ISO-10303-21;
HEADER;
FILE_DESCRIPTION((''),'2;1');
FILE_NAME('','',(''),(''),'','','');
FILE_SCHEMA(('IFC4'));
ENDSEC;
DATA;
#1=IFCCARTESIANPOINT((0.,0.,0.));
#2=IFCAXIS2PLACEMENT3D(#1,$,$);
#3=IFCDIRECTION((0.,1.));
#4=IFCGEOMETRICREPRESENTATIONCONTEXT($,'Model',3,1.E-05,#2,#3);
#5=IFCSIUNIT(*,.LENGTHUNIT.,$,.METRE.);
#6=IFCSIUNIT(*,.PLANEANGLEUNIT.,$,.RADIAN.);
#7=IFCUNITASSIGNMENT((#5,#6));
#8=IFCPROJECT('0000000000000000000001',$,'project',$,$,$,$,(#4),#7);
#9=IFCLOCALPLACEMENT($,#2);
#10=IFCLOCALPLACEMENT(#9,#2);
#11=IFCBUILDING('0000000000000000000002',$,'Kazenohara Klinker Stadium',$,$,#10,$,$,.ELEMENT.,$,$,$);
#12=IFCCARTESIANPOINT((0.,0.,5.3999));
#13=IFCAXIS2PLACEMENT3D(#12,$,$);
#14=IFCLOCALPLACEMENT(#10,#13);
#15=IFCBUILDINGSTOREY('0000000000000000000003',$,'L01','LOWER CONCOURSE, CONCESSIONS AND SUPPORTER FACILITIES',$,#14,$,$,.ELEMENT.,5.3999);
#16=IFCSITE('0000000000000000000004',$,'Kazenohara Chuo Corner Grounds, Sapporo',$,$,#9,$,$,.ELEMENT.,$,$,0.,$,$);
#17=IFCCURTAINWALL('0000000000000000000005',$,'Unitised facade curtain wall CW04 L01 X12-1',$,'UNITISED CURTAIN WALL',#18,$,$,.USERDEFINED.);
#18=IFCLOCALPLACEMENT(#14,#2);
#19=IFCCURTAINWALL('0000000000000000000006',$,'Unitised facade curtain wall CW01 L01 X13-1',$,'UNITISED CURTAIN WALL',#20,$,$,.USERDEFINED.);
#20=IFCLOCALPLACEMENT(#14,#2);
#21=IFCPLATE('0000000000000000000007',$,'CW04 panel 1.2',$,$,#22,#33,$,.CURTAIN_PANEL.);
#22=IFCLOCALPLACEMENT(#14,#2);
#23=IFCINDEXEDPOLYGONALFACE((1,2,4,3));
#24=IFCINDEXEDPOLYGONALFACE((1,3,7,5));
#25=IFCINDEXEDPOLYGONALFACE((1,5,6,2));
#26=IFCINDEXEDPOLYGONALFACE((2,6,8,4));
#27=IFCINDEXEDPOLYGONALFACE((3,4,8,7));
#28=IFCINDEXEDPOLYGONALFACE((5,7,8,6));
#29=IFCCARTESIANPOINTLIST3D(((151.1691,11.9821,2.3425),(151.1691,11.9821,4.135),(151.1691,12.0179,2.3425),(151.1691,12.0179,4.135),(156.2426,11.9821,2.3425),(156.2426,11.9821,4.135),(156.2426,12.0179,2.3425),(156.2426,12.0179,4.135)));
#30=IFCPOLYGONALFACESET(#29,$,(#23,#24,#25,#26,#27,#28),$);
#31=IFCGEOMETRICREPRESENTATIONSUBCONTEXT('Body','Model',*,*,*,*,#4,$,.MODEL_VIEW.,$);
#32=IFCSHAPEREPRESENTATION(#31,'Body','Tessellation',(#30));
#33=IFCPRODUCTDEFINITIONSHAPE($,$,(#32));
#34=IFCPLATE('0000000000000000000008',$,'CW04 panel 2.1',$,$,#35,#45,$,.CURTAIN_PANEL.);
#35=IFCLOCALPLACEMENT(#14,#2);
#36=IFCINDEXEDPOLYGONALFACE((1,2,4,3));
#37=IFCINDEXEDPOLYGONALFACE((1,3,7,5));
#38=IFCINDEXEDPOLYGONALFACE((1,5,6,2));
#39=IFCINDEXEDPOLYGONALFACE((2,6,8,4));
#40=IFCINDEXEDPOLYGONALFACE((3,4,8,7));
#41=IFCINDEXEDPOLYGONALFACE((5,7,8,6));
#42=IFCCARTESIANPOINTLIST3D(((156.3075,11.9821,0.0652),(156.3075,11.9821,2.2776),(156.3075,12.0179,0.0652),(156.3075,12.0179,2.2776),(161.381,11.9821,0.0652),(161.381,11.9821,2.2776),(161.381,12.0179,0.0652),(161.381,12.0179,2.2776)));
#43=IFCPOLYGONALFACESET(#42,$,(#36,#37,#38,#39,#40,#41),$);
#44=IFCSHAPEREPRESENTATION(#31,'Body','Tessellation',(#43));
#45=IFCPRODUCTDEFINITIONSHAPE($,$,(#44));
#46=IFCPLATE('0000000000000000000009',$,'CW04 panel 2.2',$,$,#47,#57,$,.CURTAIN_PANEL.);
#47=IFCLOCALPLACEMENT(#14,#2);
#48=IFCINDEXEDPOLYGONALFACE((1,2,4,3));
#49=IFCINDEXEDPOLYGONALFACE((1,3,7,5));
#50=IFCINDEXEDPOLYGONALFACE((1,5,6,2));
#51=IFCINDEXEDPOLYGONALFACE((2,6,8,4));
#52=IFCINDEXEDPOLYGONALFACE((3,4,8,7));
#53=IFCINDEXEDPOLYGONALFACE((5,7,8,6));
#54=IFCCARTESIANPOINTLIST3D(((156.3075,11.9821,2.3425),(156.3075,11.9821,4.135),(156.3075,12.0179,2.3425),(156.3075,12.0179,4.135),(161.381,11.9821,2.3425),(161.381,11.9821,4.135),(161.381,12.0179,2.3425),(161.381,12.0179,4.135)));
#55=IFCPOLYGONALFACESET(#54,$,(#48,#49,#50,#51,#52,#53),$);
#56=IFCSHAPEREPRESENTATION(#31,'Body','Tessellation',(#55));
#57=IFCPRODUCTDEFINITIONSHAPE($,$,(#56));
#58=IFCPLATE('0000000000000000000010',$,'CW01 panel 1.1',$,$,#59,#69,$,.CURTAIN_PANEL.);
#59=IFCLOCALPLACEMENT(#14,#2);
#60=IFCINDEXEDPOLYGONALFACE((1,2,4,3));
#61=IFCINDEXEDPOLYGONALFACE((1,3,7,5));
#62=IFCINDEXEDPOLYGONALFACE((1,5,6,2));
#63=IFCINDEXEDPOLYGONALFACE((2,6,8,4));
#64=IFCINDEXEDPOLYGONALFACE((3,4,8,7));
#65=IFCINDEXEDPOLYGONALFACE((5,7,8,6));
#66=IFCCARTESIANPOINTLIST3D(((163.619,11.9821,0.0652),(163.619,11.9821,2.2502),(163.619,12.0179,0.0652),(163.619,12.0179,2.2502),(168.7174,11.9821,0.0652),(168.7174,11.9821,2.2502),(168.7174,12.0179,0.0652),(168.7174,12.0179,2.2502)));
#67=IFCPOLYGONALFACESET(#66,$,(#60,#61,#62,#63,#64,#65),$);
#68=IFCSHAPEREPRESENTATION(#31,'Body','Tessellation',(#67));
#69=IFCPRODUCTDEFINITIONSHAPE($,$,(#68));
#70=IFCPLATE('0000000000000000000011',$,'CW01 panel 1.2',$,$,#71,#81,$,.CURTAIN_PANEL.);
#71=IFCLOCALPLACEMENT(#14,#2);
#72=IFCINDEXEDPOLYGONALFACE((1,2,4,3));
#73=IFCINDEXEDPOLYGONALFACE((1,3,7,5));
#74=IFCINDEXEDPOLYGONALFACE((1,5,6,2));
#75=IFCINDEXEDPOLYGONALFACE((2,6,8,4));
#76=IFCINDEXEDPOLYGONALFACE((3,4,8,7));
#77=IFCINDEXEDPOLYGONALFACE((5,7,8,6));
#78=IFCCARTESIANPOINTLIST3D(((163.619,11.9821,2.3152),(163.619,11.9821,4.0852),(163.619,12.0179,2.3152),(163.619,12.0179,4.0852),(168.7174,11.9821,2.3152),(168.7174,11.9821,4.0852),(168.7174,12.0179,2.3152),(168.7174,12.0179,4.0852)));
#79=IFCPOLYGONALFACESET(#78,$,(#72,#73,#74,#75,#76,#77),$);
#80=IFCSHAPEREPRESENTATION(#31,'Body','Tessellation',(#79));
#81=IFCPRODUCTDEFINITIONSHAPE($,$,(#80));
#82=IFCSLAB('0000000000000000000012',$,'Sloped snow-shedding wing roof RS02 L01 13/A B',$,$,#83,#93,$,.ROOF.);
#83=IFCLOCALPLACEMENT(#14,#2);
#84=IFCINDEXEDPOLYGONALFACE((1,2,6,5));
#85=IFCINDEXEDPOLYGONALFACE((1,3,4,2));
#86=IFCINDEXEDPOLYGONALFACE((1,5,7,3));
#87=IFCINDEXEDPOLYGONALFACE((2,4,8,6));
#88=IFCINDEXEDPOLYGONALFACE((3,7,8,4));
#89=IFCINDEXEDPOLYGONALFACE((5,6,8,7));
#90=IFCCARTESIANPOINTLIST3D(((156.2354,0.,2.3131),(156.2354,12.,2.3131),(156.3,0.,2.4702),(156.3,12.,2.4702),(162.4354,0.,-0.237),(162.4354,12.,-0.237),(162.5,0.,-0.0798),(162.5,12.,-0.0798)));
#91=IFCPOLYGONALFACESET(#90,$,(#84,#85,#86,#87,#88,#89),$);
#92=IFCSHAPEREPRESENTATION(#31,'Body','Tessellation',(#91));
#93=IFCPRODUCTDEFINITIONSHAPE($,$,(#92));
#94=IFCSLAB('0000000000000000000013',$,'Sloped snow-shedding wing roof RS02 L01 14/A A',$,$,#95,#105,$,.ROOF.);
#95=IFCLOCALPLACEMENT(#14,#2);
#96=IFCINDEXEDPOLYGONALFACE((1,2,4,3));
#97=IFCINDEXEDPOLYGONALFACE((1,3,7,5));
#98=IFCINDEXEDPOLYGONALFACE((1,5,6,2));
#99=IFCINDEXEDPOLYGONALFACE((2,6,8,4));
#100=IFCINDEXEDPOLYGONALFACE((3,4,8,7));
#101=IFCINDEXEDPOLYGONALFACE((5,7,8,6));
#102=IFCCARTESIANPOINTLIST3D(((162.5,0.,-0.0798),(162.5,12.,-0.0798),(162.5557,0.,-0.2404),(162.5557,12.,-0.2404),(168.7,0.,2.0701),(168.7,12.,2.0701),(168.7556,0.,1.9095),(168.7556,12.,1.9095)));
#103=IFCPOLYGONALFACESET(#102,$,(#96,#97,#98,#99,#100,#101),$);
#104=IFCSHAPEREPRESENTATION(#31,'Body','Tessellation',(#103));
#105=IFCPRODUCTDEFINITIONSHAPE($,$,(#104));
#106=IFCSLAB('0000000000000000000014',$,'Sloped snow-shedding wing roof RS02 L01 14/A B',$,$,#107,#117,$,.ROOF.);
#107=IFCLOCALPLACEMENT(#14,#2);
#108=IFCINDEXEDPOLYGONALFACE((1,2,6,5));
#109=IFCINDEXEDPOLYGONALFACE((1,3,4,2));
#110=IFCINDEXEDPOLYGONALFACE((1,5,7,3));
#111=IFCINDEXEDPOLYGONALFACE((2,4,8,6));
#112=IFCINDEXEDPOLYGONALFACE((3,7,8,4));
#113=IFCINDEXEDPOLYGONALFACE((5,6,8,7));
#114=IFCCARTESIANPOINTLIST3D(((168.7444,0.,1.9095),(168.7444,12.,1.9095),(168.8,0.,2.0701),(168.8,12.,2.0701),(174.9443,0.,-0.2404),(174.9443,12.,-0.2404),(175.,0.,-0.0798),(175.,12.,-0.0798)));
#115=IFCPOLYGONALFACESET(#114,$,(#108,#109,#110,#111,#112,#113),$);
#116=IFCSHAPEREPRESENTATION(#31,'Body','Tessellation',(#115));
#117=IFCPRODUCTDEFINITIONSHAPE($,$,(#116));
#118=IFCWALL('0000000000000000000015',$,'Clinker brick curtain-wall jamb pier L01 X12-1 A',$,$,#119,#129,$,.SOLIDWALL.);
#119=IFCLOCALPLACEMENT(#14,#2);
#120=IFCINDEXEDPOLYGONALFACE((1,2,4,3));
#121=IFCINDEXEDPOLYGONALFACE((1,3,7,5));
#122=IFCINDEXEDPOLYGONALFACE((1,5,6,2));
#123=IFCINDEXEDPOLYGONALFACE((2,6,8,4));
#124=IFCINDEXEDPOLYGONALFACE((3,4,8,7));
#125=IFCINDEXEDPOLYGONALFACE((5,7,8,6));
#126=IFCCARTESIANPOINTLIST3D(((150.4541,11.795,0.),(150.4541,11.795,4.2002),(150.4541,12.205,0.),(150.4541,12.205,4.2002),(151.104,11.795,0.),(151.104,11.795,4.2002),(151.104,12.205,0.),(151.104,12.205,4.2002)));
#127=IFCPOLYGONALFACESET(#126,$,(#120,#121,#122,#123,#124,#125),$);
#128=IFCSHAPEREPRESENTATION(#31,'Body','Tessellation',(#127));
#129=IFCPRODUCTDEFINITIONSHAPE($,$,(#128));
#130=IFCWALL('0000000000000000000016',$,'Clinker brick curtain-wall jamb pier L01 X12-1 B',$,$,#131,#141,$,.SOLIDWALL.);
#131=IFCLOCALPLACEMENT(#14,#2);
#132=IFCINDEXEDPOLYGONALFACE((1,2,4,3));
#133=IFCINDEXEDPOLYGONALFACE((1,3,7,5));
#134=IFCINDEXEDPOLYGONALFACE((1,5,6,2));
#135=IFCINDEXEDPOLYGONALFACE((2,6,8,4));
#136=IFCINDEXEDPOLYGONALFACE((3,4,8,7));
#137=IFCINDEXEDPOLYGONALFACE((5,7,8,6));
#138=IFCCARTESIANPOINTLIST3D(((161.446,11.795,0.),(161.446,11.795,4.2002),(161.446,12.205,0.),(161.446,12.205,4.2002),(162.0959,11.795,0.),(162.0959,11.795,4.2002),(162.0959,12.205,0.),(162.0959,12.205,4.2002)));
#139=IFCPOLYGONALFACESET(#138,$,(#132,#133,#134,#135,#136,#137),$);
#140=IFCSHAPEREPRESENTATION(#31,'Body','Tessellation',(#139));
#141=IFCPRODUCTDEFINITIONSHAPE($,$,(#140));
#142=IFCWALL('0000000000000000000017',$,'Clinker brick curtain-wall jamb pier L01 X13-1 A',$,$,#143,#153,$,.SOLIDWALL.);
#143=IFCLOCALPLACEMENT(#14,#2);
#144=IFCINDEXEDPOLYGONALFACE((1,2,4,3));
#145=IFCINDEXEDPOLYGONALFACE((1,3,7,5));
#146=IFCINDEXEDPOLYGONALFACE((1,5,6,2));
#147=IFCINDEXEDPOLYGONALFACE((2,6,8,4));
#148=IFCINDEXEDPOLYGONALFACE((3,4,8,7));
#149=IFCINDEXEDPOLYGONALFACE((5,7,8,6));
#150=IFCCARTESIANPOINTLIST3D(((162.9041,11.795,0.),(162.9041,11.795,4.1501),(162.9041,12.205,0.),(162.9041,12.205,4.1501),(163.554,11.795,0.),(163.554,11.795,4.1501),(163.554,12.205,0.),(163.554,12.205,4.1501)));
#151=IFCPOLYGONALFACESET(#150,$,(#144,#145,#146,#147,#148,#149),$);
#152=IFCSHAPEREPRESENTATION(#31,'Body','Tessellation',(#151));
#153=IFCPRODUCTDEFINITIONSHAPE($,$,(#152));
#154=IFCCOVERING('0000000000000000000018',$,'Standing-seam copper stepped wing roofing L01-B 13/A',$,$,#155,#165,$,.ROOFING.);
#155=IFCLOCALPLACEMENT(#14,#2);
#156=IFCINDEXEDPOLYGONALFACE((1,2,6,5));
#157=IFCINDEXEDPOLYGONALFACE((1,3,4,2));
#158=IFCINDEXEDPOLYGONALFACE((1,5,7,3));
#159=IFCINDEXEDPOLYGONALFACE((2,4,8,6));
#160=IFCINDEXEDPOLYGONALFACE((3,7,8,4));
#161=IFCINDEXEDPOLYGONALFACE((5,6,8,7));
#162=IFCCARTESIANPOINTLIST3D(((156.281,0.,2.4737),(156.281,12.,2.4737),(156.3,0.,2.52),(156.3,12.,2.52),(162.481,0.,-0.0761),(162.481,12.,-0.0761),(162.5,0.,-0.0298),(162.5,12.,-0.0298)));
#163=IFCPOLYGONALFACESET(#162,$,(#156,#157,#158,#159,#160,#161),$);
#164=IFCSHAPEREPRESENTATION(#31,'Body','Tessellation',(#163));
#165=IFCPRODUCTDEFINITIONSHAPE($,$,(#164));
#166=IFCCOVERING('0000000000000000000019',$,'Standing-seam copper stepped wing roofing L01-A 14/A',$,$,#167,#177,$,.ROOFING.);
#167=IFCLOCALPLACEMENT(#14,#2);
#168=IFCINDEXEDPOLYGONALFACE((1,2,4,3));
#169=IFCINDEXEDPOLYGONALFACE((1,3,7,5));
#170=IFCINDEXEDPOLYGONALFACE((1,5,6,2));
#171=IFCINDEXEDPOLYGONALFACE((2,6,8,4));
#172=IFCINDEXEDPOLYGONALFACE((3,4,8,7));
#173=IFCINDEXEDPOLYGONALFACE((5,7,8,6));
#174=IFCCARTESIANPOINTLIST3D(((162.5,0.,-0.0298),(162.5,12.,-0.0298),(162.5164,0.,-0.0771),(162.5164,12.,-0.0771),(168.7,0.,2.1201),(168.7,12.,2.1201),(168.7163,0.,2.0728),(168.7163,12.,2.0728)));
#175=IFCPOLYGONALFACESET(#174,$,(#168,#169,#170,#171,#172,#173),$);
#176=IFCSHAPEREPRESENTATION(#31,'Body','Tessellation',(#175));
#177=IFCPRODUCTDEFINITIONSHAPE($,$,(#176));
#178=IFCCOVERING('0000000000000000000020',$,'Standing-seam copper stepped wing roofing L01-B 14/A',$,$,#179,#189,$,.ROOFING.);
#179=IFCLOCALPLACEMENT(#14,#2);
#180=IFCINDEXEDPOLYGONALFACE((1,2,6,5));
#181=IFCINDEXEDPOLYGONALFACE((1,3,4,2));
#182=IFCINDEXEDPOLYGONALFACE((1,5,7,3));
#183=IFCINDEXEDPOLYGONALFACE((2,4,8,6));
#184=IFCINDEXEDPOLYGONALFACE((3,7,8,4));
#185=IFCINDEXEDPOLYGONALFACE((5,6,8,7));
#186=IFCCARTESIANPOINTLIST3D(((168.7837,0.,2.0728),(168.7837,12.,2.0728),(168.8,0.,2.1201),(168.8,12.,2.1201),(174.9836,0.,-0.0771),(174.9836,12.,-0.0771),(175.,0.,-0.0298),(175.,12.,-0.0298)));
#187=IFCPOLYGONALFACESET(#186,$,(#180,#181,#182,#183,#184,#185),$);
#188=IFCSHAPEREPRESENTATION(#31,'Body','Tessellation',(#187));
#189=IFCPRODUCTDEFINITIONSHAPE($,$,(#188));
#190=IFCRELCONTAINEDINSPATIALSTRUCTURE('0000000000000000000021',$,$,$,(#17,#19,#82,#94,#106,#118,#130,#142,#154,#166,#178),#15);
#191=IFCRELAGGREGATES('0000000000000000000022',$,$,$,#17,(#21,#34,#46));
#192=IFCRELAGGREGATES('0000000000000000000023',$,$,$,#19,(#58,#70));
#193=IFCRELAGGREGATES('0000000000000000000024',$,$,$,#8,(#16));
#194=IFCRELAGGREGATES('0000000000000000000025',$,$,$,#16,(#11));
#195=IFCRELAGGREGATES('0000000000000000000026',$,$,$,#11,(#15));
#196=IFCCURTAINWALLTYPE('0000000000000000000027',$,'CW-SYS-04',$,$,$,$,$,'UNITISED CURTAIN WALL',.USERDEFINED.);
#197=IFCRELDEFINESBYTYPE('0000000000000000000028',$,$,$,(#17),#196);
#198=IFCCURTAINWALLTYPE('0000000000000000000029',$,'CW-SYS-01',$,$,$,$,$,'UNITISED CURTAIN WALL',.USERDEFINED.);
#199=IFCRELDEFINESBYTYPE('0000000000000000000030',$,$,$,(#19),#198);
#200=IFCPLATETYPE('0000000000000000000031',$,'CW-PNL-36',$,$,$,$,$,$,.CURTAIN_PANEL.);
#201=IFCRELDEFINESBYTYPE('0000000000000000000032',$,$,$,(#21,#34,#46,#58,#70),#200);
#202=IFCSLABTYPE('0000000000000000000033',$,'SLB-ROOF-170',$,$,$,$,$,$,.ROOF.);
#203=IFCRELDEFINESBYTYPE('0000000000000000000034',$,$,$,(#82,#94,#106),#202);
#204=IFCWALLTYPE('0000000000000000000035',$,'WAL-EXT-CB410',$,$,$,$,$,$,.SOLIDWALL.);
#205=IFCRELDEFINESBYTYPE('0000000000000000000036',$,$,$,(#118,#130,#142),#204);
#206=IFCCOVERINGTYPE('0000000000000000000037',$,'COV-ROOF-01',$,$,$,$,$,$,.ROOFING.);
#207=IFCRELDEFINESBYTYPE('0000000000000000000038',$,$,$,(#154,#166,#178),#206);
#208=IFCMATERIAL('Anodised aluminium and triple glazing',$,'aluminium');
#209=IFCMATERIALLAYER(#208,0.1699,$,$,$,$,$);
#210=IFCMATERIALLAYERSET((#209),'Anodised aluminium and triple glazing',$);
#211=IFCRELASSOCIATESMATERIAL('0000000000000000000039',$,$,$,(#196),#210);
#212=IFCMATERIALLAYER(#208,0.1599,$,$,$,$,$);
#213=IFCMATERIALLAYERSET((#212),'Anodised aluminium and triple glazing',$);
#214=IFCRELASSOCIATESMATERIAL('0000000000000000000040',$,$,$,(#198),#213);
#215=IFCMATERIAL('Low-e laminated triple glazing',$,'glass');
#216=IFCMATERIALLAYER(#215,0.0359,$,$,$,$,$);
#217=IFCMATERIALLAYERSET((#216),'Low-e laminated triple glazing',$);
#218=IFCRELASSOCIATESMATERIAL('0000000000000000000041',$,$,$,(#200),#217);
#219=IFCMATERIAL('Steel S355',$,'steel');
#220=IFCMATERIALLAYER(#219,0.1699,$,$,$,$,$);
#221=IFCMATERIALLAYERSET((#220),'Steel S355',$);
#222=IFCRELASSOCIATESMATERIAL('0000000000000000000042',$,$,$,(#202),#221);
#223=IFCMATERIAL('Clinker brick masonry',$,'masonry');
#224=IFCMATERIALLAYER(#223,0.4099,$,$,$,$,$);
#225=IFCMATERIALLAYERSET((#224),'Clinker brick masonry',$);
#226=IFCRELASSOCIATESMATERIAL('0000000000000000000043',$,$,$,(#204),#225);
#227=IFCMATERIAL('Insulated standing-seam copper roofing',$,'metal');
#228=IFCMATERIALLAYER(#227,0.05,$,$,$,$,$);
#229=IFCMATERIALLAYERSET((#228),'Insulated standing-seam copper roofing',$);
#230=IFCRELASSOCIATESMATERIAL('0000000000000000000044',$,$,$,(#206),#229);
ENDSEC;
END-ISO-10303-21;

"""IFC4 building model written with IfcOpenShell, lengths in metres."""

from ifc_helpers import new_model, si_unit, direction, frame, frame_2d, origin, origin_2d, place, context, subcontext, project, spatial, polyline, rectangle, outline, extrude, material, layer, layer_set, type_object, element, aggregate, save


model = new_model("IFC4")

# Units and contexts
model_context = context("Model", 3, precision=1e-05, world=origin(), true_north=direction((0.0, 1.0)))
body_context = subcontext(model_context, "Body", "Model", "MODEL_VIEW")
ifc_project = project(units=[si_unit("LENGTHUNIT", "METRE"), si_unit("PLANEANGLEUNIT", "RADIAN")], contexts=[model_context])

# Site, building, storey
site_placement = place(None, origin())
site = spatial("IfcSite", under=ifc_project, at=site_placement, Name="Kazenohara Chuo Corner Grounds, Sapporo", CompositionType="ELEMENT", RefElevation=0.0)
building_placement = place(site_placement, origin())
building = spatial("IfcBuilding", under=site, at=building_placement, Name="Kazenohara Klinker Stadium", CompositionType="ELEMENT")
storey_placement = place(building_placement, frame((0.0, 0.0, 5.3999)))
storey = spatial("IfcBuildingStorey", under=building, at=storey_placement, Name="L01", Description="LOWER CONCOURSE, CONCESSIONS AND SUPPORTER FACILITIES", CompositionType="ELEMENT", Elevation=5.3999)

# Shared definitions
ifc_material_1 = material(Name="Steel S355", Category="steel")

# Curtain walls
ifc_material_2 = material(Name="Anodised aluminium and triple glazing", Category="aluminium")
ifc_layer_1 = layer(ifc_material_2, 0.1699)
ifc_layer_set_1 = layer_set([ifc_layer_1], Name="Anodised aluminium and triple glazing")
curtain_wall_type_1 = type_object("IfcCurtainWallType", Name="CW-SYS-04", ElementType="UNITISED CURTAIN WALL", PredefinedType="USERDEFINED", material=ifc_layer_set_1)
curtain_wall_1_placement = place(storey_placement, origin())
curtain_wall_1 = element("IfcCurtainWall", 1, at=curtain_wall_1_placement, inside=storey, type_object=curtain_wall_type_1, Name="Unitised facade curtain wall CW04 L01 X12-1", ObjectType="UNITISED CURTAIN WALL", PredefinedType="USERDEFINED")
ifc_layer_2 = layer(ifc_material_2, 0.1599)
ifc_layer_set_2 = layer_set([ifc_layer_2], Name="Anodised aluminium and triple glazing")
curtain_wall_type_2 = type_object("IfcCurtainWallType", Name="CW-SYS-01", ElementType="UNITISED CURTAIN WALL", PredefinedType="USERDEFINED", material=ifc_layer_set_2)
curtain_wall_2_placement = place(storey_placement, origin())
curtain_wall_2 = element("IfcCurtainWall", 2, at=curtain_wall_2_placement, inside=storey, type_object=curtain_wall_type_2, Name="Unitised facade curtain wall CW01 L01 X13-1", ObjectType="UNITISED CURTAIN WALL", PredefinedType="USERDEFINED")

# Plates
ifc_material_3 = material(Name="Low-e laminated triple glazing", Category="glass")
ifc_layer_3 = layer(ifc_material_3, 0.0359)
ifc_layer_set_3 = layer_set([ifc_layer_3], Name="Low-e laminated triple glazing")
plate_type = type_object("IfcPlateType", Name="CW-PNL-36", PredefinedType="CURTAIN_PANEL", material=ifc_layer_set_3)
plate_1_placement = place(storey_placement, frame((153.7058, 12.0, 2.3425), z_axis=(0.0, 0.0, 1.0), x_axis=(1.0, 0.0, 0.0)))
plate_1 = element("IfcPlate", 3, at=plate_1_placement, type_object=plate_type, Name="CW04 panel 1.2", PredefinedType="CURTAIN_PANEL", context=body_context, shape_type="SweptSolid", body=[
    extrude(rectangle(XDim=5.0735, YDim=0.0359, at=origin_2d()), origin(), (0.0, 0.0, 1.0), 1.7925),
])
plate_2_placement = place(storey_placement, frame((158.8442, 12.0, 0.0652), z_axis=(0.0, 0.0, 1.0), x_axis=(1.0, 0.0, 0.0)))
plate_2 = element("IfcPlate", 4, at=plate_2_placement, type_object=plate_type, Name="CW04 panel 2.1", PredefinedType="CURTAIN_PANEL", context=body_context, shape_type="SweptSolid", body=[
    extrude(rectangle(XDim=5.0735, YDim=0.0359, at=origin_2d()), origin(), (0.0, 0.0, 1.0), 2.2124),
])
plate_3_placement = place(storey_placement, frame((158.8442, 12.0, 2.3425), z_axis=(0.0, 0.0, 1.0), x_axis=(1.0, 0.0, 0.0)))
plate_3 = element("IfcPlate", 5, at=plate_3_placement, type_object=plate_type, Name="CW04 panel 2.2", PredefinedType="CURTAIN_PANEL", context=body_context, shape_type="SweptSolid", body=[
    extrude(rectangle(XDim=5.0735, YDim=0.0359, at=origin_2d()), origin(), (0.0, 0.0, 1.0), 1.7925),
])
aggregate(curtain_wall_1, [plate_1, plate_2, plate_3])
plate_4_placement = place(storey_placement, frame((166.1682, 12.0, 0.0652), z_axis=(0.0, 0.0, 1.0), x_axis=(1.0, 0.0, 0.0)))
plate_4 = element("IfcPlate", 6, at=plate_4_placement, type_object=plate_type, Name="CW01 panel 1.1", PredefinedType="CURTAIN_PANEL", context=body_context, shape_type="SweptSolid", body=[
    extrude(rectangle(XDim=5.0984, YDim=0.0359, at=origin_2d()), origin(), (0.0, 0.0, 1.0), 2.1851),
])
plate_5_placement = place(storey_placement, frame((166.1682, 12.0, 2.3152), z_axis=(0.0, 0.0, 1.0), x_axis=(1.0, 0.0, 0.0)))
plate_5 = element("IfcPlate", 7, at=plate_5_placement, type_object=plate_type, Name="CW01 panel 1.2", PredefinedType="CURTAIN_PANEL", context=body_context, shape_type="SweptSolid", body=[
    extrude(rectangle(XDim=5.0984, YDim=0.0359, at=origin_2d()), origin(), (0.0, 0.0, 1.0), 1.77),
])
aggregate(curtain_wall_2, [plate_4, plate_5])

# Slabs
ifc_layer_4 = layer(ifc_material_1, 0.1699)
ifc_layer_set_4 = layer_set([ifc_layer_4], Name="Steel S355")
slab_type = type_object("IfcSlabType", Name="SLB-ROOF-170", PredefinedType="ROOF", material=ifc_layer_set_4)
slab_placement = place(storey_placement, frame((156.3, 0.0, 2.4702), z_axis=(0.380383, 0.0, 0.924829), x_axis=(0.924829, 0.0, -0.380383)))
element("IfcSlab", 8, at=slab_placement, inside=storey, type_object=slab_type, Name="Sloped snow-shedding wing roof RS02 L01 13/A B", PredefinedType="ROOF", context=body_context, shape_type="SweptSolid", body=[
    extrude(outline(polyline([(0.0, 0.0), (6.7039, 0.0), (6.7039, 12.0), (0.0, 12.0), (0.0, 0.0)])), origin(), (0.0, 0.0, -1.0), 0.1699),
])
for number, where, z_axis, x_axis, name in (
    (9, (162.5, 0.0, -0.0798), (-0.327623, 0.0, 0.944809), (0.944809, 0.0, 0.327623), "Sloped snow-shedding wing roof RS02 L01 14/A A"),
    (10, (168.8, 0.0, 2.0701), (0.327623, 0.0, 0.944809), (0.944809, 0.0, -0.327623), "Sloped snow-shedding wing roof RS02 L01 14/A B"),
):
    element("IfcSlab", number, at=place(storey_placement, frame(where, z_axis=z_axis, x_axis=x_axis)), inside=storey, type_object=slab_type, Name=name, PredefinedType="ROOF", context=body_context, shape_type="SweptSolid", body=[
        extrude(outline(polyline([(0.0, 0.0), (6.5621, 0.0), (6.5621, 12.0), (0.0, 12.0), (0.0, 0.0)])), origin(), (0.0, 0.0, -1.0), 0.1699),
    ])

# Walls
ifc_material_4 = material(Name="Clinker brick masonry", Category="masonry")
ifc_layer_5 = layer(ifc_material_4, 0.4099)
ifc_layer_set_5 = layer_set([ifc_layer_5], Name="Clinker brick masonry")
wall_type = type_object("IfcWallType", Name="WAL-EXT-CB410", PredefinedType="SOLIDWALL", material=ifc_layer_set_5)
for number, where, z_axis, x_axis, name in (
    (11, (150.4541, 12.0, 0.0), (0.0, 0.0, 1.0), (1.0, 0.0, 0.0), "Clinker brick curtain-wall jamb pier L01 X12-1 A"),
    (12, (161.446, 12.0, 0.0), (0.0, 0.0, 1.0), (1.0, 0.0, 0.0), "Clinker brick curtain-wall jamb pier L01 X12-1 B"),
):
    element("IfcWall", number, at=place(storey_placement, frame(where, z_axis=z_axis, x_axis=x_axis)), inside=storey, type_object=wall_type, Name=name, PredefinedType="SOLIDWALL", context=body_context, shape_type="SweptSolid", body=[
        extrude(rectangle(XDim=0.6499, YDim=0.4099, at=frame_2d((0.325, 0.0))), origin(), (0.0, 0.0, 1.0), 4.2002),
    ])
wall_placement = place(storey_placement, frame((162.9041, 12.0, 0.0), z_axis=(0.0, 0.0, 1.0), x_axis=(1.0, 0.0, 0.0)))
element("IfcWall", 13, at=wall_placement, inside=storey, type_object=wall_type, Name="Clinker brick curtain-wall jamb pier L01 X13-1 A", PredefinedType="SOLIDWALL", context=body_context, shape_type="SweptSolid", body=[
    extrude(rectangle(XDim=0.6499, YDim=0.4099, at=frame_2d((0.325, 0.0))), origin(), (0.0, 0.0, 1.0), 4.1501),
])

# Coverings
ifc_material_5 = material(Name="Insulated standing-seam copper roofing", Category="metal")
ifc_layer_6 = layer(ifc_material_5, 0.05)
ifc_layer_set_6 = layer_set([ifc_layer_6], Name="Insulated standing-seam copper roofing")
covering_type = type_object("IfcCoveringType", Name="COV-ROOF-01", PredefinedType="ROOFING", material=ifc_layer_set_6)
covering_placement = place(storey_placement, frame((156.3, 0.0, 2.52), z_axis=(0.380352, 0.0, 0.924842), x_axis=(0.924842, 0.0, -0.380352)))
element("IfcCovering", 14, at=covering_placement, inside=storey, type_object=covering_type, Name="Standing-seam copper stepped wing roofing L01-B 13/A", PredefinedType="ROOFING", context=body_context, shape_type="SweptSolid", body=[
    extrude(outline(polyline([(0.0, 0.0), (6.7038, 0.0), (6.7038, 12.0), (0.0, 12.0), (0.0, 0.0)])), origin(), (0.0, 0.0, -1.0), 0.05),
])
for number, where, z_axis, x_axis, name in (
    (15, (162.5, 0.0, -0.0298), (-0.327623, 0.0, 0.944809), (0.944809, 0.0, 0.327623), "Standing-seam copper stepped wing roofing L01-A 14/A"),
    (16, (168.8, 0.0, 2.1201), (0.327623, 0.0, 0.944809), (0.944809, 0.0, -0.327623), "Standing-seam copper stepped wing roofing L01-B 14/A"),
):
    element("IfcCovering", number, at=place(storey_placement, frame(where, z_axis=z_axis, x_axis=x_axis)), inside=storey, type_object=covering_type, Name=name, PredefinedType="ROOFING", context=body_context, shape_type="SweptSolid", body=[
        extrude(outline(polyline([(0.0, 0.0), (6.5621, 0.0), (6.5621, 12.0), (0.0, 12.0), (0.0, 0.0)])), origin(), (0.0, 0.0, -1.0), 0.05),
    ])

save(model, "model.ifc")
